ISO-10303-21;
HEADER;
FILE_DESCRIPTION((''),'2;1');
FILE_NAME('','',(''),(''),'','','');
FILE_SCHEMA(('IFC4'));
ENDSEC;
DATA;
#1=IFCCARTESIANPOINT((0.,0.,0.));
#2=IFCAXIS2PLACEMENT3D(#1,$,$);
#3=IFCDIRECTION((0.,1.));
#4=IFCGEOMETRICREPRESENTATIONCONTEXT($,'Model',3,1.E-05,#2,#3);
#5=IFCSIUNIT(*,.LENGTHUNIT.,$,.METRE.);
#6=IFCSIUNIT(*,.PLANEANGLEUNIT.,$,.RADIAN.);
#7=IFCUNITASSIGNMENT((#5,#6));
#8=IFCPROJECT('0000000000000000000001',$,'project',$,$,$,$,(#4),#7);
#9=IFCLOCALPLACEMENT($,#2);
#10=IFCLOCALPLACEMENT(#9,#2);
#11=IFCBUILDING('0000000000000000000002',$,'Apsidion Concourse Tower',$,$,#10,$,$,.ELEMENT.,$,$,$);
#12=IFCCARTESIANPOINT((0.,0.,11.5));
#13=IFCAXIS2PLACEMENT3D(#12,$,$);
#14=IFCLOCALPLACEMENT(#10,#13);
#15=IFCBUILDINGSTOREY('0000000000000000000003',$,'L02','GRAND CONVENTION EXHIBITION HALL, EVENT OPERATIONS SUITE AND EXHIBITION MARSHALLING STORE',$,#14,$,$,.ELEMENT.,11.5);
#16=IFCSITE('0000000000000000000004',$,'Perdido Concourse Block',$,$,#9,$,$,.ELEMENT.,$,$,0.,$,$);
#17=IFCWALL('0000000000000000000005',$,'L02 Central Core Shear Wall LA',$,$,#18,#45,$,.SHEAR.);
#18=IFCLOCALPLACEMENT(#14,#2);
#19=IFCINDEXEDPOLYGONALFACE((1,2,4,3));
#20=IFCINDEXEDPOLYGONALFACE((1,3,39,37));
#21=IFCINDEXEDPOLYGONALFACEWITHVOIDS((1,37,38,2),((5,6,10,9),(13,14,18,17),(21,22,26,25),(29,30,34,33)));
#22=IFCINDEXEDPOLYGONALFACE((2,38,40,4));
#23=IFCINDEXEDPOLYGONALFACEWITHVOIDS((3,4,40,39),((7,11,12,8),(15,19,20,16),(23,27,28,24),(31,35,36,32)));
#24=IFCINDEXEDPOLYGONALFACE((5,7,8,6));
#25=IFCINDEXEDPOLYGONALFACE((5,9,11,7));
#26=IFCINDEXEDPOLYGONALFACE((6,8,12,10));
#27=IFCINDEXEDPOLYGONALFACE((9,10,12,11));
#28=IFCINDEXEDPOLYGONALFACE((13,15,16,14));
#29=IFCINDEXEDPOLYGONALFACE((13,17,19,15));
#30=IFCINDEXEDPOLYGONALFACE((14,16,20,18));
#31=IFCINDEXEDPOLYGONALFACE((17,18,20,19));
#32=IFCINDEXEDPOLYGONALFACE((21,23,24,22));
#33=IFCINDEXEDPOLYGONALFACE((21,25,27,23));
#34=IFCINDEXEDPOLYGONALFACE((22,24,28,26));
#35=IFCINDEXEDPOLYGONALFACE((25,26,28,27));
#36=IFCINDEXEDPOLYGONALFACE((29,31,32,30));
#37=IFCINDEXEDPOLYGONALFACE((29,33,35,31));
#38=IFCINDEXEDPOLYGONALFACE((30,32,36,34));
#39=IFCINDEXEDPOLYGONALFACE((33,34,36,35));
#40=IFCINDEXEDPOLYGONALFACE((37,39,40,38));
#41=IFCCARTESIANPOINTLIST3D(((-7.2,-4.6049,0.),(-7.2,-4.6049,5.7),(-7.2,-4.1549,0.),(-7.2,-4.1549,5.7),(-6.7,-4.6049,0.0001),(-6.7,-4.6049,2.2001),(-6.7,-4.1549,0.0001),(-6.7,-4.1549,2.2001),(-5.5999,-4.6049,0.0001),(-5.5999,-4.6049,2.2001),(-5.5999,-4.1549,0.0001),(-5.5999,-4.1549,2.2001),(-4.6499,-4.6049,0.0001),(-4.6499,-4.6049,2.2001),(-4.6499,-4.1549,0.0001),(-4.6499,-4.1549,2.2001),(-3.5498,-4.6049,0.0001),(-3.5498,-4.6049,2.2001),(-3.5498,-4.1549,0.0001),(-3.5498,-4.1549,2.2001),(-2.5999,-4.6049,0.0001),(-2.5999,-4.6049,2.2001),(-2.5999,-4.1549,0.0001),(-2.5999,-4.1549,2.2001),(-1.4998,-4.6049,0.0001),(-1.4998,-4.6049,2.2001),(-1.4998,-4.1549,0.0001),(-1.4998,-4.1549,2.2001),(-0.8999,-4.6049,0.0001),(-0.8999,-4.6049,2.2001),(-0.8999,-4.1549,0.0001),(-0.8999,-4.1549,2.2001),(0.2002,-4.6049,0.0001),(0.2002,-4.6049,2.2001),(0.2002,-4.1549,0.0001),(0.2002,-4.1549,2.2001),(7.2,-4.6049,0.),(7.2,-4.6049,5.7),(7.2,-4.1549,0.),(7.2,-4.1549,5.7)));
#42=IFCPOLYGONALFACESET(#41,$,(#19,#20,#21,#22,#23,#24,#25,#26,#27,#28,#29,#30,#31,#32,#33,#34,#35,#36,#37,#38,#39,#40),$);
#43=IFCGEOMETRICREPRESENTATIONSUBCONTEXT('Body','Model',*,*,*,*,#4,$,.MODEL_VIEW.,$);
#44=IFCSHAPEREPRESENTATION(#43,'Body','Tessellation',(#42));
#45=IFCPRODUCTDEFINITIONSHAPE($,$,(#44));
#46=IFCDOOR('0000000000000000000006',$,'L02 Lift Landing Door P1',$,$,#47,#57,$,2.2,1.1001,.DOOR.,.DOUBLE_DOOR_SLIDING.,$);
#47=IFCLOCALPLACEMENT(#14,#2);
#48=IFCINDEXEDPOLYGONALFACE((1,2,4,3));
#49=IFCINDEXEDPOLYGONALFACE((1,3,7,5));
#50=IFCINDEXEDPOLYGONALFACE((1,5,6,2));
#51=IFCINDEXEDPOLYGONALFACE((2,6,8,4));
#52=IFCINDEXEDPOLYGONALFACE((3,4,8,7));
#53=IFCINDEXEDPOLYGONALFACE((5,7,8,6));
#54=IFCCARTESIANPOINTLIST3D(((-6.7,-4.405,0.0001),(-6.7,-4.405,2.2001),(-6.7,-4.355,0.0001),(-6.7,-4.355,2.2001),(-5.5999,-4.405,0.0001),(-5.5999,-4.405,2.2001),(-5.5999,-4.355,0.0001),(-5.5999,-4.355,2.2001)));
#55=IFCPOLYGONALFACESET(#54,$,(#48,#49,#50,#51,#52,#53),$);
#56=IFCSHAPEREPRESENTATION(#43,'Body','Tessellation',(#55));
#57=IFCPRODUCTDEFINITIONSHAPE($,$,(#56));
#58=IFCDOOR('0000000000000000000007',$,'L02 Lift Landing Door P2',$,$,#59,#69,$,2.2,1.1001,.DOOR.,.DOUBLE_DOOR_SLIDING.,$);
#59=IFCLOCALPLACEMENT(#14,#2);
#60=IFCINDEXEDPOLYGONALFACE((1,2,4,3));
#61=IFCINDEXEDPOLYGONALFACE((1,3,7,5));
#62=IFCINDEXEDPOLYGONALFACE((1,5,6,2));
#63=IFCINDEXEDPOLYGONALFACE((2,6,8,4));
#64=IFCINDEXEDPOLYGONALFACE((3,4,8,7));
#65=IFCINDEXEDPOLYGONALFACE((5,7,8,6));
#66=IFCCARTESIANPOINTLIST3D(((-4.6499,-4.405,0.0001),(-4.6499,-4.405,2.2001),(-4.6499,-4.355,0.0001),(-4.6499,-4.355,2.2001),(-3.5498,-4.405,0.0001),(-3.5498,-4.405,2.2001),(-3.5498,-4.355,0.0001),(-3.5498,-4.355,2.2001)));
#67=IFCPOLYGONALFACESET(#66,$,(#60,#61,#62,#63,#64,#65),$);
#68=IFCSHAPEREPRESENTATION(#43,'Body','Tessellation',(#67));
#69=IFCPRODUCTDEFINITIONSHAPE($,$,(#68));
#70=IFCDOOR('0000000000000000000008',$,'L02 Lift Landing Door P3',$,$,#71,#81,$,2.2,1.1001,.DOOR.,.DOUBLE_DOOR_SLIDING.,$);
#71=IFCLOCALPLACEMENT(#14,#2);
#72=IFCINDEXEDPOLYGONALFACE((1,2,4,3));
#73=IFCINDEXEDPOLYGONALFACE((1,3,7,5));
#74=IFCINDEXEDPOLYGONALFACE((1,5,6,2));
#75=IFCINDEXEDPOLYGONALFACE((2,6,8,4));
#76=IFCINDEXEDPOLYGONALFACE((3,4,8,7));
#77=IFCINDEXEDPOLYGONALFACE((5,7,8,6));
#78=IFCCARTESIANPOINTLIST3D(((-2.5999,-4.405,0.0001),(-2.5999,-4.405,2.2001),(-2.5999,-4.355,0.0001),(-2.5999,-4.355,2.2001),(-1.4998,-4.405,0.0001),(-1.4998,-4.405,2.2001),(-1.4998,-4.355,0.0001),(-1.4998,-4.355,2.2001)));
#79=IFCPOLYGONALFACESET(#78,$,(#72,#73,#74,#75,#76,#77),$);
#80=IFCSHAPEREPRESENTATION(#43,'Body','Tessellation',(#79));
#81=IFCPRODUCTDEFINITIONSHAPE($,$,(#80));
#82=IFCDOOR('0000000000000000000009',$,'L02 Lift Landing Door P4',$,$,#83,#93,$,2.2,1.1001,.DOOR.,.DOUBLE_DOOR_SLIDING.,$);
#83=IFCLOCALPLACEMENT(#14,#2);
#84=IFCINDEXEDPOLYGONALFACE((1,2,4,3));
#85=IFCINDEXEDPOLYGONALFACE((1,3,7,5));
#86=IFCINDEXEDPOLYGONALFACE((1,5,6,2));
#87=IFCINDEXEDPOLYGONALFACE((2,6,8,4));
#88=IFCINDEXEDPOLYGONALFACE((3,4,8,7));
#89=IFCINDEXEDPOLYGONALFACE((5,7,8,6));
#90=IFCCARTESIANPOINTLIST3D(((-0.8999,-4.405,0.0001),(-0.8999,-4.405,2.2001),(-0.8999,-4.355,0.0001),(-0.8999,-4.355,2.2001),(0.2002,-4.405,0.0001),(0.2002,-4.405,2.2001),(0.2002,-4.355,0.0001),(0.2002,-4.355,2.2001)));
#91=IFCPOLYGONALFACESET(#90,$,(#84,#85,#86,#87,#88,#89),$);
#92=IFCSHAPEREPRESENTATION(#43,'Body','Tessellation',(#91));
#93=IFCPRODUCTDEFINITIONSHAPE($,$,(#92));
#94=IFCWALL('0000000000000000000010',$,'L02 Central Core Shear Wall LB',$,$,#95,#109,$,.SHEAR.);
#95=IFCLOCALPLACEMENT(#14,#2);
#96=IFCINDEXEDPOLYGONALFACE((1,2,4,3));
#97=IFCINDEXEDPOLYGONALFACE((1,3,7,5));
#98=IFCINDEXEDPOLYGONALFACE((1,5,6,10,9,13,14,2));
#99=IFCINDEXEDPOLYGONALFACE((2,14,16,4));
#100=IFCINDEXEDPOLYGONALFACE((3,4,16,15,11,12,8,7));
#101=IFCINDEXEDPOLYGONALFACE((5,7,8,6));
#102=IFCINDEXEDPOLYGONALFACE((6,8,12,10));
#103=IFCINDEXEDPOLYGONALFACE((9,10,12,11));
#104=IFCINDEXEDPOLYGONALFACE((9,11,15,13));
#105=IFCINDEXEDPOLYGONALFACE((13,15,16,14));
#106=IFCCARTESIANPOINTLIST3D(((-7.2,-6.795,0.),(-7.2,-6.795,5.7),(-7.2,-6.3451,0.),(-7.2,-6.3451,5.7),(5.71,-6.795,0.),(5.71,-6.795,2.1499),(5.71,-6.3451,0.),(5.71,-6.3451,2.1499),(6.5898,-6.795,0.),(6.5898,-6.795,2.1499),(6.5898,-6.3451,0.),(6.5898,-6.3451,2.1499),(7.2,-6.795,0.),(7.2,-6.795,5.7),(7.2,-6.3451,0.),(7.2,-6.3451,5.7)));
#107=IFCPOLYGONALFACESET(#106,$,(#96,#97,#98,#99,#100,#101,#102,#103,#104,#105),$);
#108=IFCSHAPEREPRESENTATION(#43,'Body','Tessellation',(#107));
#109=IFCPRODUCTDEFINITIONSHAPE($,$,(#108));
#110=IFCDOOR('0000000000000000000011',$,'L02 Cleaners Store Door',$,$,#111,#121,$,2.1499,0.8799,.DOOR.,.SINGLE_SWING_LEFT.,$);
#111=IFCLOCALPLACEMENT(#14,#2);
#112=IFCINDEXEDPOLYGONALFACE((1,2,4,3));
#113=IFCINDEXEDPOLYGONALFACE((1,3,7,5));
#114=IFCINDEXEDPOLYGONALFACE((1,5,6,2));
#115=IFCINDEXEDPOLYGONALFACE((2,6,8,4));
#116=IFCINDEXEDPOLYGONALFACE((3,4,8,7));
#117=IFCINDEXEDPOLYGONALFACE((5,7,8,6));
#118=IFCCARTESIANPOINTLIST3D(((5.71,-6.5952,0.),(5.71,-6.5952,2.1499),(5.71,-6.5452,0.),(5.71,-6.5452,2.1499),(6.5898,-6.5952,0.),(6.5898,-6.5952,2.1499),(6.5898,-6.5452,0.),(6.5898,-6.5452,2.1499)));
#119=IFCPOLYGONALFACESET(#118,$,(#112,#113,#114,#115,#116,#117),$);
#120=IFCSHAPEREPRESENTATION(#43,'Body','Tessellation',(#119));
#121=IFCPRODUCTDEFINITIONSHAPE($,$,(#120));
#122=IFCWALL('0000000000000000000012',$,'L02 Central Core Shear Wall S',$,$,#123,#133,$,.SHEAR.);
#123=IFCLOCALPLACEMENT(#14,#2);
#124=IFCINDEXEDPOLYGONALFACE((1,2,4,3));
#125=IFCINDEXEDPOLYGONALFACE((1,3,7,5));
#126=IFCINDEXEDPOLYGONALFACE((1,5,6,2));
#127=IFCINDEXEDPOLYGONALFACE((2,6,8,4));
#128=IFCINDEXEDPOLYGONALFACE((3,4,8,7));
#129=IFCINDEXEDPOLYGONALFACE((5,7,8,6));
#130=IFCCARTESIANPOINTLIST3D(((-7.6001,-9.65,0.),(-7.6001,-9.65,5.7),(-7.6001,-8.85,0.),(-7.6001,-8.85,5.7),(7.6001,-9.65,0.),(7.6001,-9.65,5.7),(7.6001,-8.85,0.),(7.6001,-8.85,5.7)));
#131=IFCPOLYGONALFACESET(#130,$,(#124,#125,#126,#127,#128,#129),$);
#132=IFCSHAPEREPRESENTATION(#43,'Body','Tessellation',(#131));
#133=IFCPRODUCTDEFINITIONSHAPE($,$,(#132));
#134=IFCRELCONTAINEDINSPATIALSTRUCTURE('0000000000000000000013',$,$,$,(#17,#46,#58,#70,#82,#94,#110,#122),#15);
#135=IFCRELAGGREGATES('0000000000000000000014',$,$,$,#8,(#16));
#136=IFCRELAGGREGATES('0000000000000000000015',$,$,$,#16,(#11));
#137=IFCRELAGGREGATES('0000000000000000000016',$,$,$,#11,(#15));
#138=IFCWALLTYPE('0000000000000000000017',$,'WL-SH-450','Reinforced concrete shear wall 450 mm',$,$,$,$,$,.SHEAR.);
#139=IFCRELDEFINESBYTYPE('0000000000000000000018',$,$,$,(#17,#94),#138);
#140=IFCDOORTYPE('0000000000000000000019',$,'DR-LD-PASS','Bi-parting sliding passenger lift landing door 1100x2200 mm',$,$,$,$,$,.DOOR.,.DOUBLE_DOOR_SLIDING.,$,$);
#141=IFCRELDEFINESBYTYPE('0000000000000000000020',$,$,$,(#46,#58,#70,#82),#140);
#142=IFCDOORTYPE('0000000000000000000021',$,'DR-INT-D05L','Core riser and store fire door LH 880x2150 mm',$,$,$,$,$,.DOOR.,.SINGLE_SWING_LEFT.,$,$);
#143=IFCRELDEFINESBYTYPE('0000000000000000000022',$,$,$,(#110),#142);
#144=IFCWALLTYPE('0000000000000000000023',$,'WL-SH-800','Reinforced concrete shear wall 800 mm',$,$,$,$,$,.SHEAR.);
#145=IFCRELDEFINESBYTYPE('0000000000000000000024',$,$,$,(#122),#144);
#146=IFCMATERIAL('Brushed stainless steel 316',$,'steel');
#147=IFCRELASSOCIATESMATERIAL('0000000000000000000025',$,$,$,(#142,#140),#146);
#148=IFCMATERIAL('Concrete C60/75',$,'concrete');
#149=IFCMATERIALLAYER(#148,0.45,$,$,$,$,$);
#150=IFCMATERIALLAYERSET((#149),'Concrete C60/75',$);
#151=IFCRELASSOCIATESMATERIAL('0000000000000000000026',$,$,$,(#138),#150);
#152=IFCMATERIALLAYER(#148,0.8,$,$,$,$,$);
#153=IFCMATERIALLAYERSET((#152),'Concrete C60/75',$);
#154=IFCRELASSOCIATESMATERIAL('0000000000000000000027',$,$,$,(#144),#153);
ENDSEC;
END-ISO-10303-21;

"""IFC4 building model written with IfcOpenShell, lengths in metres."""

from ifc_helpers import new_model, si_unit, direction, frame, frame_2d, origin, place, context, subcontext, project, spatial, rectangle, extrude, material, layer, layer_set, type_object, element, fill, save


model = new_model("IFC4")

# Units and contexts
model_context = context("Model", 3, precision=1e-05, world=origin(), true_north=direction((0.0, 1.0)))
body_context = subcontext(model_context, "Body", "Model", "MODEL_VIEW")
ifc_project = project(units=[si_unit("LENGTHUNIT", "METRE"), si_unit("PLANEANGLEUNIT", "RADIAN")], contexts=[model_context])

# Site, building, storey
site_placement = place(None, origin())
site = spatial("IfcSite", under=ifc_project, at=site_placement, Name="Perdido Concourse Block", CompositionType="ELEMENT", RefElevation=0.0)
building_placement = place(site_placement, origin())
building = spatial("IfcBuilding", under=site, at=building_placement, Name="Apsidion Concourse Tower", CompositionType="ELEMENT")
storey_placement = place(building_placement, frame((0.0, 0.0, 11.5)))
storey = spatial("IfcBuildingStorey", under=building, at=storey_placement, Name="L02", Description="GRAND CONVENTION EXHIBITION HALL, EVENT OPERATIONS SUITE AND EXHIBITION MARSHALLING STORE", CompositionType="ELEMENT", Elevation=11.5)

# Shared definitions
ifc_material_1 = material(Name="Concrete C60/75", Category="concrete")

# Shared definitions
ifc_material_2 = material(Name="Brushed stainless steel 316", Category="steel")
door_type_1 = type_object("IfcDoorType", Name="DR-INT-D05L", Description="Core riser and store fire door LH 880x2150 mm", OperationType="SINGLE_SWING_LEFT", PredefinedType="DOOR", material=ifc_material_2)

# Shared definitions
ifc_layer_1 = layer(ifc_material_1, 0.45)
ifc_layer_set_1 = layer_set([ifc_layer_1], Name="Concrete C60/75")
wall_type_1 = type_object("IfcWallType", Name="WL-SH-450", Description="Reinforced concrete shear wall 450 mm", PredefinedType="SHEAR", material=ifc_layer_set_1)

# Wall, openings, doors
wall_1_placement = place(storey_placement, frame((-7.2, -4.3799, 0.0), z_axis=(0.0, 0.0, 1.0), x_axis=(1.0, 0.0, 0.0)))
wall_1 = element("IfcWall", 1, at=wall_1_placement, inside=storey, type_object=wall_type_1, Name="L02 Central Core Shear Wall LA", PredefinedType="SHEAR", context=body_context, shape_type="SweptSolid", body=[
    extrude(rectangle(XDim=14.3999, YDim=0.45, at=frame_2d((7.2, 0.0))), origin(), (0.0, 0.0, 1.0), 5.7),
])
opening_1_placement = place(wall_1_placement, frame((0.5, 0.0, 0.0)))
opening_1 = element("IfcOpeningElement", 2, at=opening_1_placement, cuts=wall_1, PredefinedType="OPENING", context=body_context, shape_type="SweptSolid", body=[
    extrude(rectangle(XDim=1.1001, YDim=2.2, at=frame_2d((0.55, 1.1001))), frame((0.0, 0.2349, 0.0), z_axis=(0.0, -1.0, 0.0), x_axis=(1.0, 0.0, 0.0)), (0.0, 0.0, 1.0), 0.47),
])
opening_2_placement = place(wall_1_placement, frame((2.55, 0.0, 0.0)))
opening_2 = element("IfcOpeningElement", 3, at=opening_2_placement, cuts=wall_1, PredefinedType="OPENING", context=body_context, shape_type="SweptSolid", body=[
    extrude(rectangle(XDim=1.1001, YDim=2.2, at=frame_2d((0.55, 1.1001))), frame((0.0, 0.2349, 0.0), z_axis=(0.0, -1.0, 0.0), x_axis=(1.0, 0.0, 0.0)), (0.0, 0.0, 1.0), 0.47),
])
opening_3_placement = place(wall_1_placement, frame((4.6001, 0.0, 0.0)))
opening_3 = element("IfcOpeningElement", 4, at=opening_3_placement, cuts=wall_1, PredefinedType="OPENING", context=body_context, shape_type="SweptSolid", body=[
    extrude(rectangle(XDim=1.1001, YDim=2.2, at=frame_2d((0.55, 1.1001))), frame((0.0, 0.2349, 0.0), z_axis=(0.0, -1.0, 0.0), x_axis=(1.0, 0.0, 0.0)), (0.0, 0.0, 1.0), 0.47),
])
opening_4_placement = place(wall_1_placement, frame((6.3, 0.0, 0.0)))
opening_4 = element("IfcOpeningElement", 5, at=opening_4_placement, cuts=wall_1, PredefinedType="OPENING", context=body_context, shape_type="SweptSolid", body=[
    extrude(rectangle(XDim=1.1001, YDim=2.2, at=frame_2d((0.55, 1.1001))), frame((0.0, 0.2349, 0.0), z_axis=(0.0, -1.0, 0.0), x_axis=(1.0, 0.0, 0.0)), (0.0, 0.0, 1.0), 0.47),
])
door_type_2 = type_object("IfcDoorType", Name="DR-LD-PASS", Description="Bi-parting sliding passenger lift landing door 1100x2200 mm", OperationType="DOUBLE_DOOR_SLIDING", PredefinedType="DOOR", material=ifc_material_2)
door_1_placement = place(opening_1_placement, origin())
door_1 = element("IfcDoor", 6, at=door_1_placement, inside=storey, type_object=door_type_2, Name="L02 Lift Landing Door P1", OperationType="DOUBLE_DOOR_SLIDING", OverallHeight=2.2, OverallWidth=1.1001, PredefinedType="DOOR", context=body_context, shape_type="SweptSolid", body=[
    extrude(rectangle(XDim=1.1001, YDim=2.2, at=frame_2d((0.55, 1.1001))), frame((0.0, 0.0249, 0.0), z_axis=(0.0, -1.0, 0.0), x_axis=(1.0, 0.0, 0.0)), (0.0, 0.0, 1.0), 0.05),
])
fill(opening_1, door_1)
door_2_placement = place(opening_2_placement, origin())
door_2 = element("IfcDoor", 7, at=door_2_placement, inside=storey, type_object=door_type_2, Name="L02 Lift Landing Door P2", OperationType="DOUBLE_DOOR_SLIDING", OverallHeight=2.2, OverallWidth=1.1001, PredefinedType="DOOR", context=body_context, shape_type="SweptSolid", body=[
    extrude(rectangle(XDim=1.1001, YDim=2.2, at=frame_2d((0.55, 1.1001))), frame((0.0, 0.0249, 0.0), z_axis=(0.0, -1.0, 0.0), x_axis=(1.0, 0.0, 0.0)), (0.0, 0.0, 1.0), 0.05),
])
fill(opening_2, door_2)
door_3_placement = place(opening_3_placement, origin())
door_3 = element("IfcDoor", 8, at=door_3_placement, inside=storey, type_object=door_type_2, Name="L02 Lift Landing Door P3", OperationType="DOUBLE_DOOR_SLIDING", OverallHeight=2.2, OverallWidth=1.1001, PredefinedType="DOOR", context=body_context, shape_type="SweptSolid", body=[
    extrude(rectangle(XDim=1.1001, YDim=2.2, at=frame_2d((0.55, 1.1001))), frame((0.0, 0.0249, 0.0), z_axis=(0.0, -1.0, 0.0), x_axis=(1.0, 0.0, 0.0)), (0.0, 0.0, 1.0), 0.05),
])
fill(opening_3, door_3)
door_4_placement = place(opening_4_placement, origin())
door_4 = element("IfcDoor", 9, at=door_4_placement, inside=storey, type_object=door_type_2, Name="L02 Lift Landing Door P4", OperationType="DOUBLE_DOOR_SLIDING", OverallHeight=2.2, OverallWidth=1.1001, PredefinedType="DOOR", context=body_context, shape_type="SweptSolid", body=[
    extrude(rectangle(XDim=1.1001, YDim=2.2, at=frame_2d((0.55, 1.1001))), frame((0.0, 0.0249, 0.0), z_axis=(0.0, -1.0, 0.0), x_axis=(1.0, 0.0, 0.0)), (0.0, 0.0, 1.0), 0.05),
])
fill(opening_4, door_4)

# Wall, opening, door
wall_2_placement = place(storey_placement, frame((-7.2, -6.5701, 0.0), z_axis=(0.0, 0.0, 1.0), x_axis=(1.0, 0.0, 0.0)))
wall_2 = element("IfcWall", 10, at=wall_2_placement, inside=storey, type_object=wall_type_1, Name="L02 Central Core Shear Wall LB", PredefinedType="SHEAR", context=body_context, shape_type="SweptSolid", body=[
    extrude(rectangle(XDim=14.3999, YDim=0.45, at=frame_2d((7.2, 0.0))), origin(), (0.0, 0.0, 1.0), 5.7),
])
opening_5_placement = place(wall_2_placement, frame((12.9099, 0.0, 0.0)))
opening_5 = element("IfcOpeningElement", 11, at=opening_5_placement, cuts=wall_2, PredefinedType="OPENING", context=body_context, shape_type="SweptSolid", body=[
    extrude(rectangle(XDim=0.8799, YDim=2.1499, at=frame_2d((0.4399, 1.075))), frame((0.0, 0.2349, 0.0), z_axis=(0.0, -1.0, 0.0), x_axis=(1.0, 0.0, 0.0)), (0.0, 0.0, 1.0), 0.47),
])
door_5_placement = place(opening_5_placement, origin())
door_5 = element("IfcDoor", 12, at=door_5_placement, inside=storey, type_object=door_type_1, Name="L02 Cleaners Store Door", OperationType="SINGLE_SWING_LEFT", OverallHeight=2.1499, OverallWidth=0.8799, PredefinedType="DOOR", context=body_context, shape_type="SweptSolid", body=[
    extrude(rectangle(XDim=0.8799, YDim=2.1499, at=frame_2d((0.4399, 1.075))), frame((0.0, 0.0249, 0.0), z_axis=(0.0, -1.0, 0.0), x_axis=(1.0, 0.0, 0.0)), (0.0, 0.0, 1.0), 0.05),
])
fill(opening_5, door_5)

# Shared definitions
ifc_layer_2 = layer(ifc_material_1, 0.8)
ifc_layer_set_2 = layer_set([ifc_layer_2], Name="Concrete C60/75")
wall_type_2 = type_object("IfcWallType", Name="WL-SH-800", Description="Reinforced concrete shear wall 800 mm", PredefinedType="SHEAR", material=ifc_layer_set_2)

# Wall
wall_3_placement = place(storey_placement, frame((-7.6001, -9.25, 0.0), z_axis=(0.0, 0.0, 1.0), x_axis=(1.0, 0.0, 0.0)))
element("IfcWall", 13, at=wall_3_placement, inside=storey, type_object=wall_type_2, Name="L02 Central Core Shear Wall S", PredefinedType="SHEAR", context=body_context, shape_type="SweptSolid", body=[
    extrude(rectangle(XDim=15.2002, YDim=0.8, at=frame_2d((7.6001, 0.0))), origin(), (0.0, 0.0, 1.0), 5.7),
])

save(model, "model.ifc")
